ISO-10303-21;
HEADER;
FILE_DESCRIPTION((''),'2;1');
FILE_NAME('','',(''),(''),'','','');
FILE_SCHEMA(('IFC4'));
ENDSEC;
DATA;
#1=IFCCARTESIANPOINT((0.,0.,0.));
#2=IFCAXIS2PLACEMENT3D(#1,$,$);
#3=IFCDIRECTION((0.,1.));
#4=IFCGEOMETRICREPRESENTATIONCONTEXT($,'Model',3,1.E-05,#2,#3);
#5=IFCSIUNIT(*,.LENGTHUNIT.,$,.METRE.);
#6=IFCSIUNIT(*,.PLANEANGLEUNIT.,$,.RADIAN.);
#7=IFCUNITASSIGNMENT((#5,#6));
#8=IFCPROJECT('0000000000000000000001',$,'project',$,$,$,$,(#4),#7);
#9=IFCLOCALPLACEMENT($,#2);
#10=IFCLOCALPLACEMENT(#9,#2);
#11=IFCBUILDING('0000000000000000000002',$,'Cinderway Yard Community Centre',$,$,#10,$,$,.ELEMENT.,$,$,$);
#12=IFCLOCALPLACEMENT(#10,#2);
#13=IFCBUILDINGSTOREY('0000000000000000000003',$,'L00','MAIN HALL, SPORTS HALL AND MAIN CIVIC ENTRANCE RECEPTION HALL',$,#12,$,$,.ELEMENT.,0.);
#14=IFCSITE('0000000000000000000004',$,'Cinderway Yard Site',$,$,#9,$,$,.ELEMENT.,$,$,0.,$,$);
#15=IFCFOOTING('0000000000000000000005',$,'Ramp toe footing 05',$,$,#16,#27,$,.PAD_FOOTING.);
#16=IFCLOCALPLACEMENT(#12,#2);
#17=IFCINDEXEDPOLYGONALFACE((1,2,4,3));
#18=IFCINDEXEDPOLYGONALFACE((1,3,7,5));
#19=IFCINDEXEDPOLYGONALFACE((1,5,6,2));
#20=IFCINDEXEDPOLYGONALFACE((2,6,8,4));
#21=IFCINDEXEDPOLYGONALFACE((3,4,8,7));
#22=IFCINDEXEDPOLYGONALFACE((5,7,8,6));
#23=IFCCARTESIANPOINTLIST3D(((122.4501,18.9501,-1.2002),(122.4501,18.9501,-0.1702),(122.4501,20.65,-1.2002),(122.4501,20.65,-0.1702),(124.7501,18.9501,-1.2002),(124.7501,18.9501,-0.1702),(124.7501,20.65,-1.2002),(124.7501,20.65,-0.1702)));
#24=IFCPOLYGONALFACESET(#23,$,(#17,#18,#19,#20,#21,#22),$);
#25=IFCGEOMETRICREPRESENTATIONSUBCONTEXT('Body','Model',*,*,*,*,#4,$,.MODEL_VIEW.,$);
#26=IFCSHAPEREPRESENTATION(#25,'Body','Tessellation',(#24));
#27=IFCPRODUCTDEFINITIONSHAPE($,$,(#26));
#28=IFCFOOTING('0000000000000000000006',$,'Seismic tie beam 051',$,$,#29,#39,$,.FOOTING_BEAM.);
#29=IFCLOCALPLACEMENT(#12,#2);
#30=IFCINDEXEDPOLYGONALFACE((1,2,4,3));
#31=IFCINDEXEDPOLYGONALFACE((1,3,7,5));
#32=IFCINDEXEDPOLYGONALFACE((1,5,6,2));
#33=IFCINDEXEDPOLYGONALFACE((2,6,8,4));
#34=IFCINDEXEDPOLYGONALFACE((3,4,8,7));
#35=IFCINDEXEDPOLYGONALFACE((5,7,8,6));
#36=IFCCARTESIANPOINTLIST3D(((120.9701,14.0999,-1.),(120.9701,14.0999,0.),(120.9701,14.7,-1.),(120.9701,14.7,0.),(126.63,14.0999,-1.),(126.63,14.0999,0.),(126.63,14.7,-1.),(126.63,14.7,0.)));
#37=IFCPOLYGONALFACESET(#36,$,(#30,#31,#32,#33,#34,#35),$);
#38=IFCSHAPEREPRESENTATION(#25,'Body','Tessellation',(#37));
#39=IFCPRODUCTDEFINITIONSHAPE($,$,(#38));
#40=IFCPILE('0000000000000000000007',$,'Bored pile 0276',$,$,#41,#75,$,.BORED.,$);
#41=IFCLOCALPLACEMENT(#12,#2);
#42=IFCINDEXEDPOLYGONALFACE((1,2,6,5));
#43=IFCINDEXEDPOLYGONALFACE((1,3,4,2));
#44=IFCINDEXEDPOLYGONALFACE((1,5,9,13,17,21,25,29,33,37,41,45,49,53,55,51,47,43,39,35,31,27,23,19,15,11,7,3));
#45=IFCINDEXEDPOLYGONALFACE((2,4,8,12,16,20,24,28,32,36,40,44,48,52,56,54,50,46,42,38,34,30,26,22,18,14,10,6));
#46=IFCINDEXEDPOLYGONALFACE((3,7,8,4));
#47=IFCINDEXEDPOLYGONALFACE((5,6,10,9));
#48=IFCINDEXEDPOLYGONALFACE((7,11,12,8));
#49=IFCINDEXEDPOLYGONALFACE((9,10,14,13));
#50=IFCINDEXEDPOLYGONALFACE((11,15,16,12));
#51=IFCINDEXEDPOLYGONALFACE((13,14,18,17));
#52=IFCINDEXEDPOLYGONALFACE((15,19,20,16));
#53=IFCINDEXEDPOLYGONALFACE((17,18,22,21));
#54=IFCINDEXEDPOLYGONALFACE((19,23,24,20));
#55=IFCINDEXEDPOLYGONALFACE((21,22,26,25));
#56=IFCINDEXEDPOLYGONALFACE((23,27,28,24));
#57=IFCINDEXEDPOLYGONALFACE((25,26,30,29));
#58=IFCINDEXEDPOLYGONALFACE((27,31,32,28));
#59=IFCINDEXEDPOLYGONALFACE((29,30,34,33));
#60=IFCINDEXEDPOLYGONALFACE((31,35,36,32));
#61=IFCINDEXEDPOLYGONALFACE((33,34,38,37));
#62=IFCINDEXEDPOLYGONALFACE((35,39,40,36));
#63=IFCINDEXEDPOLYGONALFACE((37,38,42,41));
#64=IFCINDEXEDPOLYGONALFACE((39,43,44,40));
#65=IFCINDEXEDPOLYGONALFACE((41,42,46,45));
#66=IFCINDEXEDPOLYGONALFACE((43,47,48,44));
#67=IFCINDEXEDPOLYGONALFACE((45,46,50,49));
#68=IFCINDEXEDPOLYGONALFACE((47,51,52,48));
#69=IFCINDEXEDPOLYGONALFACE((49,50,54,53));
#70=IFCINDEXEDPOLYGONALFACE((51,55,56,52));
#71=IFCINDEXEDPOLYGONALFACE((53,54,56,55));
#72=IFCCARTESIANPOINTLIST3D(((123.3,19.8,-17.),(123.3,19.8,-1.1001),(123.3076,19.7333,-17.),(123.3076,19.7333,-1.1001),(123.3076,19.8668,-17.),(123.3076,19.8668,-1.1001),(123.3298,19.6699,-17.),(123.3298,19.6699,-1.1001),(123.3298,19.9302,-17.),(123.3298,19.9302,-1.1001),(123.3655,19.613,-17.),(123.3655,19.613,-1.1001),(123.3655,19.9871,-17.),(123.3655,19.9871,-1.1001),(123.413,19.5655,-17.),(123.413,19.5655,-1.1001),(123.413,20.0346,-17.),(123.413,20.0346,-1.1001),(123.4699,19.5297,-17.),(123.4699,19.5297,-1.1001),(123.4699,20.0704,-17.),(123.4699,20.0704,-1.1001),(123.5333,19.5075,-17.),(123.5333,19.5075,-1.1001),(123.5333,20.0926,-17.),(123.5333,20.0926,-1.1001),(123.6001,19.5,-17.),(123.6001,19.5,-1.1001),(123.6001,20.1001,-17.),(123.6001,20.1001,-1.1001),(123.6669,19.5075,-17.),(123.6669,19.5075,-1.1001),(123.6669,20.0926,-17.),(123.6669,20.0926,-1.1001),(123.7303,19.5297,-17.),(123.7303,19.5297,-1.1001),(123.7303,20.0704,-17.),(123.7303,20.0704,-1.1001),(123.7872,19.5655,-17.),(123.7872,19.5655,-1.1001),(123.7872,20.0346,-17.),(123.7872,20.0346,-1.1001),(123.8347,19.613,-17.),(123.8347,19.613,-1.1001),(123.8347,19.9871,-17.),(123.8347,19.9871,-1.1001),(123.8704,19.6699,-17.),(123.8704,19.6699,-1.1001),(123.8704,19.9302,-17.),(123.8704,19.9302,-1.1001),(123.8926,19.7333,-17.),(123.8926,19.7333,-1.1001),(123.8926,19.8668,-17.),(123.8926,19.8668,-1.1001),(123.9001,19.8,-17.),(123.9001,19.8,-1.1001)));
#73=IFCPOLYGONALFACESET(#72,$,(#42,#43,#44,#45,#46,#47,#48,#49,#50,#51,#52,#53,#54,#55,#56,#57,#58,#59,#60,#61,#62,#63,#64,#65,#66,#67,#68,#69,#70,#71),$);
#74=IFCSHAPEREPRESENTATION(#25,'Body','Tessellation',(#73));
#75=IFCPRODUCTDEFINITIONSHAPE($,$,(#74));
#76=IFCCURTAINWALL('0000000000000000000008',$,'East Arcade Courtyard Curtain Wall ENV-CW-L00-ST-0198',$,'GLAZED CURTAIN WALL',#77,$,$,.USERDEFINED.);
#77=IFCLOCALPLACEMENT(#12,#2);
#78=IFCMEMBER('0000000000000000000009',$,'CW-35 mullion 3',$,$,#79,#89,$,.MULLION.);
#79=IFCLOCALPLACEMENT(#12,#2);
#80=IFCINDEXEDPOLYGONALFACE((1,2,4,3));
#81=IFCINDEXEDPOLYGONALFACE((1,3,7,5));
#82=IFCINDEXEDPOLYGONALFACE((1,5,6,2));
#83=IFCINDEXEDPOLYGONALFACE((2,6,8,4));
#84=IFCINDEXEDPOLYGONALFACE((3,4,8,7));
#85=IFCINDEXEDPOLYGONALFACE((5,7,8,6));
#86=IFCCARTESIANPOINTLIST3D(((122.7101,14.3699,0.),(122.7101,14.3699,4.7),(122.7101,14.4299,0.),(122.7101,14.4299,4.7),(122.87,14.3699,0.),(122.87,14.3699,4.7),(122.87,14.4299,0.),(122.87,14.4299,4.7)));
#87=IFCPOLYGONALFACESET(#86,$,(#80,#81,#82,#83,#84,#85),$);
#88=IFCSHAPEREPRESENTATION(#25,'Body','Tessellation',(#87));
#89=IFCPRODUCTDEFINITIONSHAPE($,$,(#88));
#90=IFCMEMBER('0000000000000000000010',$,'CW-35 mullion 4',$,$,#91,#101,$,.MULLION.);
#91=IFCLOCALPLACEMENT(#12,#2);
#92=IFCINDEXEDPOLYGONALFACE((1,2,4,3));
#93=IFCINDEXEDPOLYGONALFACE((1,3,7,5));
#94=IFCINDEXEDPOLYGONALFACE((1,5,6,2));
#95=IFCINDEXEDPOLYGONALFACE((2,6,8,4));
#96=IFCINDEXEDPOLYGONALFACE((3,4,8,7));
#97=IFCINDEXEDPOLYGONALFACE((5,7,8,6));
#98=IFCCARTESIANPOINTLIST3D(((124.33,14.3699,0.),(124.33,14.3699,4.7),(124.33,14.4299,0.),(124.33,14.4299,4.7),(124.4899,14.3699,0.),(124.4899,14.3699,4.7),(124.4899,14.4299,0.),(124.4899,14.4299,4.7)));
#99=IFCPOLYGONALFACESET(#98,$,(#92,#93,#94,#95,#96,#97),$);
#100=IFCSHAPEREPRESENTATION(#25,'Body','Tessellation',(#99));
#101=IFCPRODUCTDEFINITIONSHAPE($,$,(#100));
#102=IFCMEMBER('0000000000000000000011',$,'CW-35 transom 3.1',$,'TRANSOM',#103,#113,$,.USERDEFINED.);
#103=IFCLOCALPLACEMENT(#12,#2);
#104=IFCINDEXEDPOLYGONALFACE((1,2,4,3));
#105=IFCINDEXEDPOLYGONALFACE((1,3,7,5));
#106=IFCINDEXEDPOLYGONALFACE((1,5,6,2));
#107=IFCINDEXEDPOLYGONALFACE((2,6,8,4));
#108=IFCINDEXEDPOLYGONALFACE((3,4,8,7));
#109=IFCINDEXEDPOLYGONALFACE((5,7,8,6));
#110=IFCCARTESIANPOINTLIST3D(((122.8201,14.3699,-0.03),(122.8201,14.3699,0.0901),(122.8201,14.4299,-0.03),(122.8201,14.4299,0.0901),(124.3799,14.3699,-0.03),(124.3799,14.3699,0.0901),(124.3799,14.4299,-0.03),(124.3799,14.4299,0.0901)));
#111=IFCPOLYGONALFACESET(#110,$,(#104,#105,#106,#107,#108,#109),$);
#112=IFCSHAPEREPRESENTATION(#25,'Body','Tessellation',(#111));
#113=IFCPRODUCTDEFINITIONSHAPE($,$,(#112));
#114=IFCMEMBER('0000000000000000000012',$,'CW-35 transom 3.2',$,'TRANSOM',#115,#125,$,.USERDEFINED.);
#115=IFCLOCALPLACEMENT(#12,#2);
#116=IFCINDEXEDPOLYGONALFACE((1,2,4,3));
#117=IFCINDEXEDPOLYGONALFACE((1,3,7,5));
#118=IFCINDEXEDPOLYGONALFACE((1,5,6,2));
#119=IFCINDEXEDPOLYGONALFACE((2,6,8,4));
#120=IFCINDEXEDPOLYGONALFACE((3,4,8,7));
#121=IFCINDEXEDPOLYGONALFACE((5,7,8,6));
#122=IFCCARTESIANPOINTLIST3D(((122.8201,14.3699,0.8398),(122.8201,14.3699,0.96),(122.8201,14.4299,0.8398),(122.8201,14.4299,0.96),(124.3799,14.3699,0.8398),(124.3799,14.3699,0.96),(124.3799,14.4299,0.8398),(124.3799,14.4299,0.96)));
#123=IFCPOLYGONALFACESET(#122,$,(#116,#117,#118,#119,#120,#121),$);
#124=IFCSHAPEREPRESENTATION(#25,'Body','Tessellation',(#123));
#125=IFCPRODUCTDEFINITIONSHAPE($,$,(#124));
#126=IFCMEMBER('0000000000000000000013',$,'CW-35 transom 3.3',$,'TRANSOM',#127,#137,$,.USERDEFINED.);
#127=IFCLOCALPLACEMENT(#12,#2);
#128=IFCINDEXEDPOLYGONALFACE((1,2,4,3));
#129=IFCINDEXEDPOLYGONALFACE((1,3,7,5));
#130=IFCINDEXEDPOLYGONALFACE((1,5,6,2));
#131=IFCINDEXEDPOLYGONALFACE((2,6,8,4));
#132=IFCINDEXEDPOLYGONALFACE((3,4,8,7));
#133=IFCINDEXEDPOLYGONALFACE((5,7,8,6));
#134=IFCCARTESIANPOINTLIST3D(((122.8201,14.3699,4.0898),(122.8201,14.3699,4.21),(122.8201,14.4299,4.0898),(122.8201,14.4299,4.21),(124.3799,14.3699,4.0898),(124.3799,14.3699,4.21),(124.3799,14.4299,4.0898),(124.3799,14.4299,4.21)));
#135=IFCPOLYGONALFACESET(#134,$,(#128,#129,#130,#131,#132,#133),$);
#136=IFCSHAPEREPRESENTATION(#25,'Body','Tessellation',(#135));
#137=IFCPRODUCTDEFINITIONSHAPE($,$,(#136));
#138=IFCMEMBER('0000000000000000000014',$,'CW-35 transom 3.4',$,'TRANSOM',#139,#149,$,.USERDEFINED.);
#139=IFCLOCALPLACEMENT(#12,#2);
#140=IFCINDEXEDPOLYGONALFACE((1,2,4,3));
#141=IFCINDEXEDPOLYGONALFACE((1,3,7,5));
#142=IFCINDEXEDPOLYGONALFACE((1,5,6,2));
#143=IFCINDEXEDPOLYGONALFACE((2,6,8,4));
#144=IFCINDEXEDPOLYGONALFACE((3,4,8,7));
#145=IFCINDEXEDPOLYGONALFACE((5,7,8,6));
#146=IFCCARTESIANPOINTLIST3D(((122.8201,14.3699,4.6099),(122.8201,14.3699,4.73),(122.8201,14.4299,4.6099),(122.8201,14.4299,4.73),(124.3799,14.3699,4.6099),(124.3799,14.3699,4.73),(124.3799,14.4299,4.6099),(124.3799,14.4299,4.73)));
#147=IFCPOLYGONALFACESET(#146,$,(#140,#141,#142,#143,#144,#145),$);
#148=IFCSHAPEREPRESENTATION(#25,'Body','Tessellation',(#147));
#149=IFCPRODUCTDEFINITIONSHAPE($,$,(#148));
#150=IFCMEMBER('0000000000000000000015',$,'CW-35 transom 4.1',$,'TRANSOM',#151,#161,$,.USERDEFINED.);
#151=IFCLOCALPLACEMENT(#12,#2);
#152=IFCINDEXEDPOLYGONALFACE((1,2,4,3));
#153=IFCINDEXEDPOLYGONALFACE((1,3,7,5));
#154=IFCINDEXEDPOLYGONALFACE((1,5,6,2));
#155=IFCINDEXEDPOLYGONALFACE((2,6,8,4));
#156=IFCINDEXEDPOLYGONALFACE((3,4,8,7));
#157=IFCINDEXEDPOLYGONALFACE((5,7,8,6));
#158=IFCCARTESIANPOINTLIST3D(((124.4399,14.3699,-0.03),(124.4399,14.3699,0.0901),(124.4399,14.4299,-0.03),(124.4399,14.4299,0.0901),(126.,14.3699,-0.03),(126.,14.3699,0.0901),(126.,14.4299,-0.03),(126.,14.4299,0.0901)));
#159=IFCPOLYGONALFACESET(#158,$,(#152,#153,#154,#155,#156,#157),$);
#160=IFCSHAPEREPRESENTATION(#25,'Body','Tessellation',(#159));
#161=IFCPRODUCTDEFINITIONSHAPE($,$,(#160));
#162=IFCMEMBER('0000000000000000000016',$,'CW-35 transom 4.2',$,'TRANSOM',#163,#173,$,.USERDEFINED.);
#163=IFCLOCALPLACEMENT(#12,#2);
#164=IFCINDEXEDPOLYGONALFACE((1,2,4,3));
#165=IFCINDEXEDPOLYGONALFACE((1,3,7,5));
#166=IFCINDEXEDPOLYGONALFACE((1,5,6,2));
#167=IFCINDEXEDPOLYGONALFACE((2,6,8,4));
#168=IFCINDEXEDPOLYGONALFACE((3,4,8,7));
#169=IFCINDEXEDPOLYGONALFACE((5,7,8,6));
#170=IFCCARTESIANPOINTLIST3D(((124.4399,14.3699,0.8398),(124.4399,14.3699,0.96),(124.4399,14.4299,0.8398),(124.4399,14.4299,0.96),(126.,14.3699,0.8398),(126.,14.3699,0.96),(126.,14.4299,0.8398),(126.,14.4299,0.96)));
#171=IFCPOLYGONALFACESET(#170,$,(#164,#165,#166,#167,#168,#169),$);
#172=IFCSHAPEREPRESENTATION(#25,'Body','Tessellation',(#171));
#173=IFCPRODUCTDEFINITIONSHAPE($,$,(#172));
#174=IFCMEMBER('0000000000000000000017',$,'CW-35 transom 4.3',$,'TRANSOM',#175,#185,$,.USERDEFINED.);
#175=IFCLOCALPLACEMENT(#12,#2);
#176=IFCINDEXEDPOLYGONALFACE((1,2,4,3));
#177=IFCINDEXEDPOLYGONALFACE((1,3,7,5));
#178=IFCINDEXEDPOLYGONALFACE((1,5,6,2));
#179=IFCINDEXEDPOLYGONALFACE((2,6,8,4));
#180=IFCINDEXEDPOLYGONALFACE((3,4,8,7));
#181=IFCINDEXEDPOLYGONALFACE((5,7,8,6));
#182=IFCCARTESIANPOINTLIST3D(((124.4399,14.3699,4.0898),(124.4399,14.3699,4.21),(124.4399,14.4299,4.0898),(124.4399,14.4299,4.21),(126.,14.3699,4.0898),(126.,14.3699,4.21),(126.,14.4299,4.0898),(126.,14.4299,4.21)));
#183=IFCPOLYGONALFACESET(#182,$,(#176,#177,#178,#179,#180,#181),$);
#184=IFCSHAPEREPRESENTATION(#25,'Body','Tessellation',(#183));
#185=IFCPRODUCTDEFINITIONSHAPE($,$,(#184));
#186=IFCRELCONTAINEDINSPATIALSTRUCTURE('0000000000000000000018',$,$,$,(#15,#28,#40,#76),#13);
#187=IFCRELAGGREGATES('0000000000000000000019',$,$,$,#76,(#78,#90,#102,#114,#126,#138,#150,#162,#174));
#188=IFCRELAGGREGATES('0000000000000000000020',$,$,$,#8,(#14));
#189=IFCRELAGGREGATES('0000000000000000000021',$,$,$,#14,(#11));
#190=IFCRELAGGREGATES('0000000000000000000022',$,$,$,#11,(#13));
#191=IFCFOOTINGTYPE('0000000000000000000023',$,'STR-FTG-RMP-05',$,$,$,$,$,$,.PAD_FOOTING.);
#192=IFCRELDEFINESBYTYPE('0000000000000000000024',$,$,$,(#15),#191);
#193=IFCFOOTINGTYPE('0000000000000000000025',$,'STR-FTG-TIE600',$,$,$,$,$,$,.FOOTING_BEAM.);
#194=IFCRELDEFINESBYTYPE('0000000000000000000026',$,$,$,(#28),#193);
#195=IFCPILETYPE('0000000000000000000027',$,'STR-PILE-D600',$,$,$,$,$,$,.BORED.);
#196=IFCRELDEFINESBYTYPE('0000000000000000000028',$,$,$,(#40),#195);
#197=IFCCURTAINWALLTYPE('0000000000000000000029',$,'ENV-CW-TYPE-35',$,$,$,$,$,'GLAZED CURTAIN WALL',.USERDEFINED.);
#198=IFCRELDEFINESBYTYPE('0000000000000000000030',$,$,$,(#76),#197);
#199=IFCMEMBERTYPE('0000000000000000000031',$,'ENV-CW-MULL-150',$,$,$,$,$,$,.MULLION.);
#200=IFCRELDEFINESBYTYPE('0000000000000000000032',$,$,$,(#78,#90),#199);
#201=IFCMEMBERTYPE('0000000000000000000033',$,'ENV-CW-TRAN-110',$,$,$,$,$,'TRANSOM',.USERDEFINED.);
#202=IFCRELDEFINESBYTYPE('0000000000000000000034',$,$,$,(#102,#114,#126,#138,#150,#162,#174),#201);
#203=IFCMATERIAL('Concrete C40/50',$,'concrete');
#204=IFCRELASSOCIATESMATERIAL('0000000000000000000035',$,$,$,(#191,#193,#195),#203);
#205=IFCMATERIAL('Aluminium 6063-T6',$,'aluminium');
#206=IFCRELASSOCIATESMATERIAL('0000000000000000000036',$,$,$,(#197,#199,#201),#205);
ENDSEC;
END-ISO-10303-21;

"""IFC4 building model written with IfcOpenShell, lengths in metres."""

from ifc_helpers import new_model, si_unit, direction, frame, origin, origin_2d, place, context, subcontext, project, spatial, rectangle, circle, extrude, material, material_profile, profile_set, type_object, element, aggregate, save


model = new_model("IFC4")

# Units and contexts
model_context = context("Model", 3, precision=1e-05, world=origin(), true_north=direction((0.0, 1.0)))
body_context = subcontext(model_context, "Body", "Model", "MODEL_VIEW")
ifc_project = project(units=[si_unit("LENGTHUNIT", "METRE"), si_unit("PLANEANGLEUNIT", "RADIAN")], contexts=[model_context])

# Site, building, storey
site_placement = place(None, origin())
site = spatial("IfcSite", under=ifc_project, at=site_placement, Name="Cinderway Yard Site", CompositionType="ELEMENT", RefElevation=0.0)
building_placement = place(site_placement, origin())
building = spatial("IfcBuilding", under=site, at=building_placement, Name="Cinderway Yard Community Centre", CompositionType="ELEMENT")
storey_placement = place(building_placement, origin())
storey = spatial("IfcBuildingStorey", under=building, at=storey_placement, Name="L00", Description="MAIN HALL, SPORTS HALL AND MAIN CIVIC ENTRANCE RECEPTION HALL", CompositionType="ELEMENT", Elevation=0.0)

# Footings
ifc_material_1 = material(Name="Concrete C40/50", Category="concrete")
footing_type_1 = type_object("IfcFootingType", Name="STR-FTG-RMP-05", PredefinedType="PAD_FOOTING", material=ifc_material_1)
footing_1_placement = place(storey_placement, frame((123.6001, 19.8, -1.2002), z_axis=(0.0, 0.0, 1.0), x_axis=(1.0, 0.0, 0.0)))
element("IfcFooting", 1, at=footing_1_placement, inside=storey, type_object=footing_type_1, Name="Ramp toe footing 05", PredefinedType="PAD_FOOTING", context=body_context, shape_type="SweptSolid", body=[
    extrude(rectangle(XDim=2.3, YDim=1.7, at=origin_2d()), origin(), (0.0, 0.0, 1.0), 1.03),
])
footing_type_2 = type_object("IfcFootingType", Name="STR-FTG-TIE600", PredefinedType="FOOTING_BEAM", material=ifc_material_1)
footing_2_placement = place(storey_placement, frame((123.8, 14.3999, -1.0), z_axis=(0.0, 0.0, 1.0), x_axis=(1.0, 0.0, 0.0)))
element("IfcFooting", 2, at=footing_2_placement, inside=storey, type_object=footing_type_2, Name="Seismic tie beam 051", PredefinedType="FOOTING_BEAM", context=body_context, shape_type="SweptSolid", body=[
    extrude(rectangle(XDim=5.6599, YDim=0.6001, at=origin_2d()), origin(), (0.0, 0.0, 1.0), 1.0),
])

# Pile
ifc_material_profile_1 = material_profile(ifc_material_1, circle(Radius=0.3, at=origin_2d()), Name="Concrete C40/50")
ifc_profile_set_1 = profile_set([ifc_material_profile_1], Name="Concrete C40/50")
pile_type = type_object("IfcPileType", Name="STR-PILE-D600", PredefinedType="BORED", material=ifc_profile_set_1)
pile_placement = place(storey_placement, frame((123.6001, 19.8, -1.1001), z_axis=(0.0, 0.0, -1.0), x_axis=(1.0, 0.0, 0.0)))
element("IfcPile", 3, at=pile_placement, inside=storey, type_object=pile_type, Name="Bored pile 0276", PredefinedType="BORED", context=body_context, shape_type="SweptSolid", body=[
    extrude(circle(Radius=0.3, at=origin_2d()), origin(), (0.0, 0.0, 1.0), 15.8999),
])

# Curtain wall, members
ifc_material_2 = material(Name="Aluminium 6063-T6", Category="aluminium")
curtain_wall_type = type_object("IfcCurtainWallType", Name="ENV-CW-TYPE-35", ElementType="GLAZED CURTAIN WALL", PredefinedType="USERDEFINED", material=ifc_material_2)
curtain_wall_placement = place(storey_placement, origin())
curtain_wall = element("IfcCurtainWall", 4, at=curtain_wall_placement, inside=storey, type_object=curtain_wall_type, Name="East Arcade Courtyard Curtain Wall ENV-CW-L00-ST-0198", ObjectType="GLAZED CURTAIN WALL", PredefinedType="USERDEFINED")
ifc_material_profile_2 = material_profile(ifc_material_2, rectangle(XDim=0.0601, YDim=0.1599, at=origin_2d()), Name="Aluminium 6063-T6")
ifc_profile_set_2 = profile_set([ifc_material_profile_2], Name="Aluminium 6063-T6")
member_type_1 = type_object("IfcMemberType", Name="ENV-CW-MULL-150", PredefinedType="MULLION", material=ifc_profile_set_2)
member_1_placement = place(storey_placement, frame((122.79, 14.3999, 0.0), z_axis=(0.0, 0.0, 1.0), x_axis=(0.0, 1.0, 0.0)))
member_1 = element("IfcMember", 5, at=member_1_placement, type_object=member_type_1, Name="CW-35 mullion 3", PredefinedType="MULLION", context=body_context, shape_type="SweptSolid", body=[
    extrude(rectangle(XDim=0.0601, YDim=0.1599, at=origin_2d()), origin(), (0.0, 0.0, 1.0), 4.7),
])
member_2_placement = place(storey_placement, frame((124.4099, 14.3999, 0.0), z_axis=(0.0, 0.0, 1.0), x_axis=(0.0, 1.0, 0.0)))
member_2 = element("IfcMember", 6, at=member_2_placement, type_object=member_type_1, Name="CW-35 mullion 4", PredefinedType="MULLION", context=body_context, shape_type="SweptSolid", body=[
    extrude(rectangle(XDim=0.0601, YDim=0.1599, at=origin_2d()), origin(), (0.0, 0.0, 1.0), 4.7),
])
ifc_material_profile_3 = material_profile(ifc_material_2, rectangle(XDim=0.0601, YDim=0.1201, at=origin_2d()), Name="Aluminium 6063-T6")
ifc_profile_set_3 = profile_set([ifc_material_profile_3], Name="Aluminium 6063-T6")
member_type_2 = type_object("IfcMemberType", Name="ENV-CW-TRAN-110", ElementType="TRANSOM", PredefinedType="USERDEFINED", material=ifc_profile_set_3)
member_3_placement = place(storey_placement, frame((122.8201, 14.3999, 0.03), z_axis=(1.0, 0.0, 0.0), x_axis=(0.0, 1.0, 0.0)))
member_3 = element("IfcMember", 7, at=member_3_placement, type_object=member_type_2, Name="CW-35 transom 3.1", ObjectType="TRANSOM", PredefinedType="USERDEFINED", context=body_context, shape_type="SweptSolid", body=[
    extrude(rectangle(XDim=0.0601, YDim=0.1201, at=origin_2d()), origin(), (0.0, 0.0, 1.0), 1.5598),
])
member_4_placement = place(storey_placement, frame((122.8201, 14.3999, 0.8999), z_axis=(1.0, 0.0, 0.0), x_axis=(0.0, 1.0, 0.0)))
member_4 = element("IfcMember", 8, at=member_4_placement, type_object=member_type_2, Name="CW-35 transom 3.2", ObjectType="TRANSOM", PredefinedType="USERDEFINED", context=body_context, shape_type="SweptSolid", body=[
    extrude(rectangle(XDim=0.0601, YDim=0.1201, at=origin_2d()), origin(), (0.0, 0.0, 1.0), 1.5598),
])
member_5_placement = place(storey_placement, frame((122.8201, 14.3999, 4.1499), z_axis=(1.0, 0.0, 0.0), x_axis=(0.0, 1.0, 0.0)))
member_5 = element("IfcMember", 9, at=member_5_placement, type_object=member_type_2, Name="CW-35 transom 3.3", ObjectType="TRANSOM", PredefinedType="USERDEFINED", context=body_context, shape_type="SweptSolid", body=[
    extrude(rectangle(XDim=0.0601, YDim=0.1201, at=origin_2d()), origin(), (0.0, 0.0, 1.0), 1.5598),
])
member_6_placement = place(storey_placement, frame((122.8201, 14.3999, 4.6699), z_axis=(1.0, 0.0, 0.0), x_axis=(0.0, 1.0, 0.0)))
member_6 = element("IfcMember", 10, at=member_6_placement, type_object=member_type_2, Name="CW-35 transom 3.4", ObjectType="TRANSOM", PredefinedType="USERDEFINED", context=body_context, shape_type="SweptSolid", body=[
    extrude(rectangle(XDim=0.0601, YDim=0.1201, at=origin_2d()), origin(), (0.0, 0.0, 1.0), 1.5598),
])
member_7_placement = place(storey_placement, frame((124.4399, 14.3999, 0.03), z_axis=(1.0, 0.0, 0.0), x_axis=(0.0, 1.0, 0.0)))
member_7 = element("IfcMember", 11, at=member_7_placement, type_object=member_type_2, Name="CW-35 transom 4.1", ObjectType="TRANSOM", PredefinedType="USERDEFINED", context=body_context, shape_type="SweptSolid", body=[
    extrude(rectangle(XDim=0.0601, YDim=0.1201, at=origin_2d()), origin(), (0.0, 0.0, 1.0), 1.5601),
])
member_8_placement = place(storey_placement, frame((124.4399, 14.3999, 0.8999), z_axis=(1.0, 0.0, 0.0), x_axis=(0.0, 1.0, 0.0)))
member_8 = element("IfcMember", 12, at=member_8_placement, type_object=member_type_2, Name="CW-35 transom 4.2", ObjectType="TRANSOM", PredefinedType="USERDEFINED", context=body_context, shape_type="SweptSolid", body=[
    extrude(rectangle(XDim=0.0601, YDim=0.1201, at=origin_2d()), origin(), (0.0, 0.0, 1.0), 1.5601),
])
member_9_placement = place(storey_placement, frame((124.4399, 14.3999, 4.1499), z_axis=(1.0, 0.0, 0.0), x_axis=(0.0, 1.0, 0.0)))
member_9 = element("IfcMember", 13, at=member_9_placement, type_object=member_type_2, Name="CW-35 transom 4.3", ObjectType="TRANSOM", PredefinedType="USERDEFINED", context=body_context, shape_type="SweptSolid", body=[
    extrude(rectangle(XDim=0.0601, YDim=0.1201, at=origin_2d()), origin(), (0.0, 0.0, 1.0), 1.5601),
])
aggregate(curtain_wall, [member_1, member_2, member_3, member_4, member_5, member_6, member_7, member_8, member_9])

save(model, "model.ifc")
